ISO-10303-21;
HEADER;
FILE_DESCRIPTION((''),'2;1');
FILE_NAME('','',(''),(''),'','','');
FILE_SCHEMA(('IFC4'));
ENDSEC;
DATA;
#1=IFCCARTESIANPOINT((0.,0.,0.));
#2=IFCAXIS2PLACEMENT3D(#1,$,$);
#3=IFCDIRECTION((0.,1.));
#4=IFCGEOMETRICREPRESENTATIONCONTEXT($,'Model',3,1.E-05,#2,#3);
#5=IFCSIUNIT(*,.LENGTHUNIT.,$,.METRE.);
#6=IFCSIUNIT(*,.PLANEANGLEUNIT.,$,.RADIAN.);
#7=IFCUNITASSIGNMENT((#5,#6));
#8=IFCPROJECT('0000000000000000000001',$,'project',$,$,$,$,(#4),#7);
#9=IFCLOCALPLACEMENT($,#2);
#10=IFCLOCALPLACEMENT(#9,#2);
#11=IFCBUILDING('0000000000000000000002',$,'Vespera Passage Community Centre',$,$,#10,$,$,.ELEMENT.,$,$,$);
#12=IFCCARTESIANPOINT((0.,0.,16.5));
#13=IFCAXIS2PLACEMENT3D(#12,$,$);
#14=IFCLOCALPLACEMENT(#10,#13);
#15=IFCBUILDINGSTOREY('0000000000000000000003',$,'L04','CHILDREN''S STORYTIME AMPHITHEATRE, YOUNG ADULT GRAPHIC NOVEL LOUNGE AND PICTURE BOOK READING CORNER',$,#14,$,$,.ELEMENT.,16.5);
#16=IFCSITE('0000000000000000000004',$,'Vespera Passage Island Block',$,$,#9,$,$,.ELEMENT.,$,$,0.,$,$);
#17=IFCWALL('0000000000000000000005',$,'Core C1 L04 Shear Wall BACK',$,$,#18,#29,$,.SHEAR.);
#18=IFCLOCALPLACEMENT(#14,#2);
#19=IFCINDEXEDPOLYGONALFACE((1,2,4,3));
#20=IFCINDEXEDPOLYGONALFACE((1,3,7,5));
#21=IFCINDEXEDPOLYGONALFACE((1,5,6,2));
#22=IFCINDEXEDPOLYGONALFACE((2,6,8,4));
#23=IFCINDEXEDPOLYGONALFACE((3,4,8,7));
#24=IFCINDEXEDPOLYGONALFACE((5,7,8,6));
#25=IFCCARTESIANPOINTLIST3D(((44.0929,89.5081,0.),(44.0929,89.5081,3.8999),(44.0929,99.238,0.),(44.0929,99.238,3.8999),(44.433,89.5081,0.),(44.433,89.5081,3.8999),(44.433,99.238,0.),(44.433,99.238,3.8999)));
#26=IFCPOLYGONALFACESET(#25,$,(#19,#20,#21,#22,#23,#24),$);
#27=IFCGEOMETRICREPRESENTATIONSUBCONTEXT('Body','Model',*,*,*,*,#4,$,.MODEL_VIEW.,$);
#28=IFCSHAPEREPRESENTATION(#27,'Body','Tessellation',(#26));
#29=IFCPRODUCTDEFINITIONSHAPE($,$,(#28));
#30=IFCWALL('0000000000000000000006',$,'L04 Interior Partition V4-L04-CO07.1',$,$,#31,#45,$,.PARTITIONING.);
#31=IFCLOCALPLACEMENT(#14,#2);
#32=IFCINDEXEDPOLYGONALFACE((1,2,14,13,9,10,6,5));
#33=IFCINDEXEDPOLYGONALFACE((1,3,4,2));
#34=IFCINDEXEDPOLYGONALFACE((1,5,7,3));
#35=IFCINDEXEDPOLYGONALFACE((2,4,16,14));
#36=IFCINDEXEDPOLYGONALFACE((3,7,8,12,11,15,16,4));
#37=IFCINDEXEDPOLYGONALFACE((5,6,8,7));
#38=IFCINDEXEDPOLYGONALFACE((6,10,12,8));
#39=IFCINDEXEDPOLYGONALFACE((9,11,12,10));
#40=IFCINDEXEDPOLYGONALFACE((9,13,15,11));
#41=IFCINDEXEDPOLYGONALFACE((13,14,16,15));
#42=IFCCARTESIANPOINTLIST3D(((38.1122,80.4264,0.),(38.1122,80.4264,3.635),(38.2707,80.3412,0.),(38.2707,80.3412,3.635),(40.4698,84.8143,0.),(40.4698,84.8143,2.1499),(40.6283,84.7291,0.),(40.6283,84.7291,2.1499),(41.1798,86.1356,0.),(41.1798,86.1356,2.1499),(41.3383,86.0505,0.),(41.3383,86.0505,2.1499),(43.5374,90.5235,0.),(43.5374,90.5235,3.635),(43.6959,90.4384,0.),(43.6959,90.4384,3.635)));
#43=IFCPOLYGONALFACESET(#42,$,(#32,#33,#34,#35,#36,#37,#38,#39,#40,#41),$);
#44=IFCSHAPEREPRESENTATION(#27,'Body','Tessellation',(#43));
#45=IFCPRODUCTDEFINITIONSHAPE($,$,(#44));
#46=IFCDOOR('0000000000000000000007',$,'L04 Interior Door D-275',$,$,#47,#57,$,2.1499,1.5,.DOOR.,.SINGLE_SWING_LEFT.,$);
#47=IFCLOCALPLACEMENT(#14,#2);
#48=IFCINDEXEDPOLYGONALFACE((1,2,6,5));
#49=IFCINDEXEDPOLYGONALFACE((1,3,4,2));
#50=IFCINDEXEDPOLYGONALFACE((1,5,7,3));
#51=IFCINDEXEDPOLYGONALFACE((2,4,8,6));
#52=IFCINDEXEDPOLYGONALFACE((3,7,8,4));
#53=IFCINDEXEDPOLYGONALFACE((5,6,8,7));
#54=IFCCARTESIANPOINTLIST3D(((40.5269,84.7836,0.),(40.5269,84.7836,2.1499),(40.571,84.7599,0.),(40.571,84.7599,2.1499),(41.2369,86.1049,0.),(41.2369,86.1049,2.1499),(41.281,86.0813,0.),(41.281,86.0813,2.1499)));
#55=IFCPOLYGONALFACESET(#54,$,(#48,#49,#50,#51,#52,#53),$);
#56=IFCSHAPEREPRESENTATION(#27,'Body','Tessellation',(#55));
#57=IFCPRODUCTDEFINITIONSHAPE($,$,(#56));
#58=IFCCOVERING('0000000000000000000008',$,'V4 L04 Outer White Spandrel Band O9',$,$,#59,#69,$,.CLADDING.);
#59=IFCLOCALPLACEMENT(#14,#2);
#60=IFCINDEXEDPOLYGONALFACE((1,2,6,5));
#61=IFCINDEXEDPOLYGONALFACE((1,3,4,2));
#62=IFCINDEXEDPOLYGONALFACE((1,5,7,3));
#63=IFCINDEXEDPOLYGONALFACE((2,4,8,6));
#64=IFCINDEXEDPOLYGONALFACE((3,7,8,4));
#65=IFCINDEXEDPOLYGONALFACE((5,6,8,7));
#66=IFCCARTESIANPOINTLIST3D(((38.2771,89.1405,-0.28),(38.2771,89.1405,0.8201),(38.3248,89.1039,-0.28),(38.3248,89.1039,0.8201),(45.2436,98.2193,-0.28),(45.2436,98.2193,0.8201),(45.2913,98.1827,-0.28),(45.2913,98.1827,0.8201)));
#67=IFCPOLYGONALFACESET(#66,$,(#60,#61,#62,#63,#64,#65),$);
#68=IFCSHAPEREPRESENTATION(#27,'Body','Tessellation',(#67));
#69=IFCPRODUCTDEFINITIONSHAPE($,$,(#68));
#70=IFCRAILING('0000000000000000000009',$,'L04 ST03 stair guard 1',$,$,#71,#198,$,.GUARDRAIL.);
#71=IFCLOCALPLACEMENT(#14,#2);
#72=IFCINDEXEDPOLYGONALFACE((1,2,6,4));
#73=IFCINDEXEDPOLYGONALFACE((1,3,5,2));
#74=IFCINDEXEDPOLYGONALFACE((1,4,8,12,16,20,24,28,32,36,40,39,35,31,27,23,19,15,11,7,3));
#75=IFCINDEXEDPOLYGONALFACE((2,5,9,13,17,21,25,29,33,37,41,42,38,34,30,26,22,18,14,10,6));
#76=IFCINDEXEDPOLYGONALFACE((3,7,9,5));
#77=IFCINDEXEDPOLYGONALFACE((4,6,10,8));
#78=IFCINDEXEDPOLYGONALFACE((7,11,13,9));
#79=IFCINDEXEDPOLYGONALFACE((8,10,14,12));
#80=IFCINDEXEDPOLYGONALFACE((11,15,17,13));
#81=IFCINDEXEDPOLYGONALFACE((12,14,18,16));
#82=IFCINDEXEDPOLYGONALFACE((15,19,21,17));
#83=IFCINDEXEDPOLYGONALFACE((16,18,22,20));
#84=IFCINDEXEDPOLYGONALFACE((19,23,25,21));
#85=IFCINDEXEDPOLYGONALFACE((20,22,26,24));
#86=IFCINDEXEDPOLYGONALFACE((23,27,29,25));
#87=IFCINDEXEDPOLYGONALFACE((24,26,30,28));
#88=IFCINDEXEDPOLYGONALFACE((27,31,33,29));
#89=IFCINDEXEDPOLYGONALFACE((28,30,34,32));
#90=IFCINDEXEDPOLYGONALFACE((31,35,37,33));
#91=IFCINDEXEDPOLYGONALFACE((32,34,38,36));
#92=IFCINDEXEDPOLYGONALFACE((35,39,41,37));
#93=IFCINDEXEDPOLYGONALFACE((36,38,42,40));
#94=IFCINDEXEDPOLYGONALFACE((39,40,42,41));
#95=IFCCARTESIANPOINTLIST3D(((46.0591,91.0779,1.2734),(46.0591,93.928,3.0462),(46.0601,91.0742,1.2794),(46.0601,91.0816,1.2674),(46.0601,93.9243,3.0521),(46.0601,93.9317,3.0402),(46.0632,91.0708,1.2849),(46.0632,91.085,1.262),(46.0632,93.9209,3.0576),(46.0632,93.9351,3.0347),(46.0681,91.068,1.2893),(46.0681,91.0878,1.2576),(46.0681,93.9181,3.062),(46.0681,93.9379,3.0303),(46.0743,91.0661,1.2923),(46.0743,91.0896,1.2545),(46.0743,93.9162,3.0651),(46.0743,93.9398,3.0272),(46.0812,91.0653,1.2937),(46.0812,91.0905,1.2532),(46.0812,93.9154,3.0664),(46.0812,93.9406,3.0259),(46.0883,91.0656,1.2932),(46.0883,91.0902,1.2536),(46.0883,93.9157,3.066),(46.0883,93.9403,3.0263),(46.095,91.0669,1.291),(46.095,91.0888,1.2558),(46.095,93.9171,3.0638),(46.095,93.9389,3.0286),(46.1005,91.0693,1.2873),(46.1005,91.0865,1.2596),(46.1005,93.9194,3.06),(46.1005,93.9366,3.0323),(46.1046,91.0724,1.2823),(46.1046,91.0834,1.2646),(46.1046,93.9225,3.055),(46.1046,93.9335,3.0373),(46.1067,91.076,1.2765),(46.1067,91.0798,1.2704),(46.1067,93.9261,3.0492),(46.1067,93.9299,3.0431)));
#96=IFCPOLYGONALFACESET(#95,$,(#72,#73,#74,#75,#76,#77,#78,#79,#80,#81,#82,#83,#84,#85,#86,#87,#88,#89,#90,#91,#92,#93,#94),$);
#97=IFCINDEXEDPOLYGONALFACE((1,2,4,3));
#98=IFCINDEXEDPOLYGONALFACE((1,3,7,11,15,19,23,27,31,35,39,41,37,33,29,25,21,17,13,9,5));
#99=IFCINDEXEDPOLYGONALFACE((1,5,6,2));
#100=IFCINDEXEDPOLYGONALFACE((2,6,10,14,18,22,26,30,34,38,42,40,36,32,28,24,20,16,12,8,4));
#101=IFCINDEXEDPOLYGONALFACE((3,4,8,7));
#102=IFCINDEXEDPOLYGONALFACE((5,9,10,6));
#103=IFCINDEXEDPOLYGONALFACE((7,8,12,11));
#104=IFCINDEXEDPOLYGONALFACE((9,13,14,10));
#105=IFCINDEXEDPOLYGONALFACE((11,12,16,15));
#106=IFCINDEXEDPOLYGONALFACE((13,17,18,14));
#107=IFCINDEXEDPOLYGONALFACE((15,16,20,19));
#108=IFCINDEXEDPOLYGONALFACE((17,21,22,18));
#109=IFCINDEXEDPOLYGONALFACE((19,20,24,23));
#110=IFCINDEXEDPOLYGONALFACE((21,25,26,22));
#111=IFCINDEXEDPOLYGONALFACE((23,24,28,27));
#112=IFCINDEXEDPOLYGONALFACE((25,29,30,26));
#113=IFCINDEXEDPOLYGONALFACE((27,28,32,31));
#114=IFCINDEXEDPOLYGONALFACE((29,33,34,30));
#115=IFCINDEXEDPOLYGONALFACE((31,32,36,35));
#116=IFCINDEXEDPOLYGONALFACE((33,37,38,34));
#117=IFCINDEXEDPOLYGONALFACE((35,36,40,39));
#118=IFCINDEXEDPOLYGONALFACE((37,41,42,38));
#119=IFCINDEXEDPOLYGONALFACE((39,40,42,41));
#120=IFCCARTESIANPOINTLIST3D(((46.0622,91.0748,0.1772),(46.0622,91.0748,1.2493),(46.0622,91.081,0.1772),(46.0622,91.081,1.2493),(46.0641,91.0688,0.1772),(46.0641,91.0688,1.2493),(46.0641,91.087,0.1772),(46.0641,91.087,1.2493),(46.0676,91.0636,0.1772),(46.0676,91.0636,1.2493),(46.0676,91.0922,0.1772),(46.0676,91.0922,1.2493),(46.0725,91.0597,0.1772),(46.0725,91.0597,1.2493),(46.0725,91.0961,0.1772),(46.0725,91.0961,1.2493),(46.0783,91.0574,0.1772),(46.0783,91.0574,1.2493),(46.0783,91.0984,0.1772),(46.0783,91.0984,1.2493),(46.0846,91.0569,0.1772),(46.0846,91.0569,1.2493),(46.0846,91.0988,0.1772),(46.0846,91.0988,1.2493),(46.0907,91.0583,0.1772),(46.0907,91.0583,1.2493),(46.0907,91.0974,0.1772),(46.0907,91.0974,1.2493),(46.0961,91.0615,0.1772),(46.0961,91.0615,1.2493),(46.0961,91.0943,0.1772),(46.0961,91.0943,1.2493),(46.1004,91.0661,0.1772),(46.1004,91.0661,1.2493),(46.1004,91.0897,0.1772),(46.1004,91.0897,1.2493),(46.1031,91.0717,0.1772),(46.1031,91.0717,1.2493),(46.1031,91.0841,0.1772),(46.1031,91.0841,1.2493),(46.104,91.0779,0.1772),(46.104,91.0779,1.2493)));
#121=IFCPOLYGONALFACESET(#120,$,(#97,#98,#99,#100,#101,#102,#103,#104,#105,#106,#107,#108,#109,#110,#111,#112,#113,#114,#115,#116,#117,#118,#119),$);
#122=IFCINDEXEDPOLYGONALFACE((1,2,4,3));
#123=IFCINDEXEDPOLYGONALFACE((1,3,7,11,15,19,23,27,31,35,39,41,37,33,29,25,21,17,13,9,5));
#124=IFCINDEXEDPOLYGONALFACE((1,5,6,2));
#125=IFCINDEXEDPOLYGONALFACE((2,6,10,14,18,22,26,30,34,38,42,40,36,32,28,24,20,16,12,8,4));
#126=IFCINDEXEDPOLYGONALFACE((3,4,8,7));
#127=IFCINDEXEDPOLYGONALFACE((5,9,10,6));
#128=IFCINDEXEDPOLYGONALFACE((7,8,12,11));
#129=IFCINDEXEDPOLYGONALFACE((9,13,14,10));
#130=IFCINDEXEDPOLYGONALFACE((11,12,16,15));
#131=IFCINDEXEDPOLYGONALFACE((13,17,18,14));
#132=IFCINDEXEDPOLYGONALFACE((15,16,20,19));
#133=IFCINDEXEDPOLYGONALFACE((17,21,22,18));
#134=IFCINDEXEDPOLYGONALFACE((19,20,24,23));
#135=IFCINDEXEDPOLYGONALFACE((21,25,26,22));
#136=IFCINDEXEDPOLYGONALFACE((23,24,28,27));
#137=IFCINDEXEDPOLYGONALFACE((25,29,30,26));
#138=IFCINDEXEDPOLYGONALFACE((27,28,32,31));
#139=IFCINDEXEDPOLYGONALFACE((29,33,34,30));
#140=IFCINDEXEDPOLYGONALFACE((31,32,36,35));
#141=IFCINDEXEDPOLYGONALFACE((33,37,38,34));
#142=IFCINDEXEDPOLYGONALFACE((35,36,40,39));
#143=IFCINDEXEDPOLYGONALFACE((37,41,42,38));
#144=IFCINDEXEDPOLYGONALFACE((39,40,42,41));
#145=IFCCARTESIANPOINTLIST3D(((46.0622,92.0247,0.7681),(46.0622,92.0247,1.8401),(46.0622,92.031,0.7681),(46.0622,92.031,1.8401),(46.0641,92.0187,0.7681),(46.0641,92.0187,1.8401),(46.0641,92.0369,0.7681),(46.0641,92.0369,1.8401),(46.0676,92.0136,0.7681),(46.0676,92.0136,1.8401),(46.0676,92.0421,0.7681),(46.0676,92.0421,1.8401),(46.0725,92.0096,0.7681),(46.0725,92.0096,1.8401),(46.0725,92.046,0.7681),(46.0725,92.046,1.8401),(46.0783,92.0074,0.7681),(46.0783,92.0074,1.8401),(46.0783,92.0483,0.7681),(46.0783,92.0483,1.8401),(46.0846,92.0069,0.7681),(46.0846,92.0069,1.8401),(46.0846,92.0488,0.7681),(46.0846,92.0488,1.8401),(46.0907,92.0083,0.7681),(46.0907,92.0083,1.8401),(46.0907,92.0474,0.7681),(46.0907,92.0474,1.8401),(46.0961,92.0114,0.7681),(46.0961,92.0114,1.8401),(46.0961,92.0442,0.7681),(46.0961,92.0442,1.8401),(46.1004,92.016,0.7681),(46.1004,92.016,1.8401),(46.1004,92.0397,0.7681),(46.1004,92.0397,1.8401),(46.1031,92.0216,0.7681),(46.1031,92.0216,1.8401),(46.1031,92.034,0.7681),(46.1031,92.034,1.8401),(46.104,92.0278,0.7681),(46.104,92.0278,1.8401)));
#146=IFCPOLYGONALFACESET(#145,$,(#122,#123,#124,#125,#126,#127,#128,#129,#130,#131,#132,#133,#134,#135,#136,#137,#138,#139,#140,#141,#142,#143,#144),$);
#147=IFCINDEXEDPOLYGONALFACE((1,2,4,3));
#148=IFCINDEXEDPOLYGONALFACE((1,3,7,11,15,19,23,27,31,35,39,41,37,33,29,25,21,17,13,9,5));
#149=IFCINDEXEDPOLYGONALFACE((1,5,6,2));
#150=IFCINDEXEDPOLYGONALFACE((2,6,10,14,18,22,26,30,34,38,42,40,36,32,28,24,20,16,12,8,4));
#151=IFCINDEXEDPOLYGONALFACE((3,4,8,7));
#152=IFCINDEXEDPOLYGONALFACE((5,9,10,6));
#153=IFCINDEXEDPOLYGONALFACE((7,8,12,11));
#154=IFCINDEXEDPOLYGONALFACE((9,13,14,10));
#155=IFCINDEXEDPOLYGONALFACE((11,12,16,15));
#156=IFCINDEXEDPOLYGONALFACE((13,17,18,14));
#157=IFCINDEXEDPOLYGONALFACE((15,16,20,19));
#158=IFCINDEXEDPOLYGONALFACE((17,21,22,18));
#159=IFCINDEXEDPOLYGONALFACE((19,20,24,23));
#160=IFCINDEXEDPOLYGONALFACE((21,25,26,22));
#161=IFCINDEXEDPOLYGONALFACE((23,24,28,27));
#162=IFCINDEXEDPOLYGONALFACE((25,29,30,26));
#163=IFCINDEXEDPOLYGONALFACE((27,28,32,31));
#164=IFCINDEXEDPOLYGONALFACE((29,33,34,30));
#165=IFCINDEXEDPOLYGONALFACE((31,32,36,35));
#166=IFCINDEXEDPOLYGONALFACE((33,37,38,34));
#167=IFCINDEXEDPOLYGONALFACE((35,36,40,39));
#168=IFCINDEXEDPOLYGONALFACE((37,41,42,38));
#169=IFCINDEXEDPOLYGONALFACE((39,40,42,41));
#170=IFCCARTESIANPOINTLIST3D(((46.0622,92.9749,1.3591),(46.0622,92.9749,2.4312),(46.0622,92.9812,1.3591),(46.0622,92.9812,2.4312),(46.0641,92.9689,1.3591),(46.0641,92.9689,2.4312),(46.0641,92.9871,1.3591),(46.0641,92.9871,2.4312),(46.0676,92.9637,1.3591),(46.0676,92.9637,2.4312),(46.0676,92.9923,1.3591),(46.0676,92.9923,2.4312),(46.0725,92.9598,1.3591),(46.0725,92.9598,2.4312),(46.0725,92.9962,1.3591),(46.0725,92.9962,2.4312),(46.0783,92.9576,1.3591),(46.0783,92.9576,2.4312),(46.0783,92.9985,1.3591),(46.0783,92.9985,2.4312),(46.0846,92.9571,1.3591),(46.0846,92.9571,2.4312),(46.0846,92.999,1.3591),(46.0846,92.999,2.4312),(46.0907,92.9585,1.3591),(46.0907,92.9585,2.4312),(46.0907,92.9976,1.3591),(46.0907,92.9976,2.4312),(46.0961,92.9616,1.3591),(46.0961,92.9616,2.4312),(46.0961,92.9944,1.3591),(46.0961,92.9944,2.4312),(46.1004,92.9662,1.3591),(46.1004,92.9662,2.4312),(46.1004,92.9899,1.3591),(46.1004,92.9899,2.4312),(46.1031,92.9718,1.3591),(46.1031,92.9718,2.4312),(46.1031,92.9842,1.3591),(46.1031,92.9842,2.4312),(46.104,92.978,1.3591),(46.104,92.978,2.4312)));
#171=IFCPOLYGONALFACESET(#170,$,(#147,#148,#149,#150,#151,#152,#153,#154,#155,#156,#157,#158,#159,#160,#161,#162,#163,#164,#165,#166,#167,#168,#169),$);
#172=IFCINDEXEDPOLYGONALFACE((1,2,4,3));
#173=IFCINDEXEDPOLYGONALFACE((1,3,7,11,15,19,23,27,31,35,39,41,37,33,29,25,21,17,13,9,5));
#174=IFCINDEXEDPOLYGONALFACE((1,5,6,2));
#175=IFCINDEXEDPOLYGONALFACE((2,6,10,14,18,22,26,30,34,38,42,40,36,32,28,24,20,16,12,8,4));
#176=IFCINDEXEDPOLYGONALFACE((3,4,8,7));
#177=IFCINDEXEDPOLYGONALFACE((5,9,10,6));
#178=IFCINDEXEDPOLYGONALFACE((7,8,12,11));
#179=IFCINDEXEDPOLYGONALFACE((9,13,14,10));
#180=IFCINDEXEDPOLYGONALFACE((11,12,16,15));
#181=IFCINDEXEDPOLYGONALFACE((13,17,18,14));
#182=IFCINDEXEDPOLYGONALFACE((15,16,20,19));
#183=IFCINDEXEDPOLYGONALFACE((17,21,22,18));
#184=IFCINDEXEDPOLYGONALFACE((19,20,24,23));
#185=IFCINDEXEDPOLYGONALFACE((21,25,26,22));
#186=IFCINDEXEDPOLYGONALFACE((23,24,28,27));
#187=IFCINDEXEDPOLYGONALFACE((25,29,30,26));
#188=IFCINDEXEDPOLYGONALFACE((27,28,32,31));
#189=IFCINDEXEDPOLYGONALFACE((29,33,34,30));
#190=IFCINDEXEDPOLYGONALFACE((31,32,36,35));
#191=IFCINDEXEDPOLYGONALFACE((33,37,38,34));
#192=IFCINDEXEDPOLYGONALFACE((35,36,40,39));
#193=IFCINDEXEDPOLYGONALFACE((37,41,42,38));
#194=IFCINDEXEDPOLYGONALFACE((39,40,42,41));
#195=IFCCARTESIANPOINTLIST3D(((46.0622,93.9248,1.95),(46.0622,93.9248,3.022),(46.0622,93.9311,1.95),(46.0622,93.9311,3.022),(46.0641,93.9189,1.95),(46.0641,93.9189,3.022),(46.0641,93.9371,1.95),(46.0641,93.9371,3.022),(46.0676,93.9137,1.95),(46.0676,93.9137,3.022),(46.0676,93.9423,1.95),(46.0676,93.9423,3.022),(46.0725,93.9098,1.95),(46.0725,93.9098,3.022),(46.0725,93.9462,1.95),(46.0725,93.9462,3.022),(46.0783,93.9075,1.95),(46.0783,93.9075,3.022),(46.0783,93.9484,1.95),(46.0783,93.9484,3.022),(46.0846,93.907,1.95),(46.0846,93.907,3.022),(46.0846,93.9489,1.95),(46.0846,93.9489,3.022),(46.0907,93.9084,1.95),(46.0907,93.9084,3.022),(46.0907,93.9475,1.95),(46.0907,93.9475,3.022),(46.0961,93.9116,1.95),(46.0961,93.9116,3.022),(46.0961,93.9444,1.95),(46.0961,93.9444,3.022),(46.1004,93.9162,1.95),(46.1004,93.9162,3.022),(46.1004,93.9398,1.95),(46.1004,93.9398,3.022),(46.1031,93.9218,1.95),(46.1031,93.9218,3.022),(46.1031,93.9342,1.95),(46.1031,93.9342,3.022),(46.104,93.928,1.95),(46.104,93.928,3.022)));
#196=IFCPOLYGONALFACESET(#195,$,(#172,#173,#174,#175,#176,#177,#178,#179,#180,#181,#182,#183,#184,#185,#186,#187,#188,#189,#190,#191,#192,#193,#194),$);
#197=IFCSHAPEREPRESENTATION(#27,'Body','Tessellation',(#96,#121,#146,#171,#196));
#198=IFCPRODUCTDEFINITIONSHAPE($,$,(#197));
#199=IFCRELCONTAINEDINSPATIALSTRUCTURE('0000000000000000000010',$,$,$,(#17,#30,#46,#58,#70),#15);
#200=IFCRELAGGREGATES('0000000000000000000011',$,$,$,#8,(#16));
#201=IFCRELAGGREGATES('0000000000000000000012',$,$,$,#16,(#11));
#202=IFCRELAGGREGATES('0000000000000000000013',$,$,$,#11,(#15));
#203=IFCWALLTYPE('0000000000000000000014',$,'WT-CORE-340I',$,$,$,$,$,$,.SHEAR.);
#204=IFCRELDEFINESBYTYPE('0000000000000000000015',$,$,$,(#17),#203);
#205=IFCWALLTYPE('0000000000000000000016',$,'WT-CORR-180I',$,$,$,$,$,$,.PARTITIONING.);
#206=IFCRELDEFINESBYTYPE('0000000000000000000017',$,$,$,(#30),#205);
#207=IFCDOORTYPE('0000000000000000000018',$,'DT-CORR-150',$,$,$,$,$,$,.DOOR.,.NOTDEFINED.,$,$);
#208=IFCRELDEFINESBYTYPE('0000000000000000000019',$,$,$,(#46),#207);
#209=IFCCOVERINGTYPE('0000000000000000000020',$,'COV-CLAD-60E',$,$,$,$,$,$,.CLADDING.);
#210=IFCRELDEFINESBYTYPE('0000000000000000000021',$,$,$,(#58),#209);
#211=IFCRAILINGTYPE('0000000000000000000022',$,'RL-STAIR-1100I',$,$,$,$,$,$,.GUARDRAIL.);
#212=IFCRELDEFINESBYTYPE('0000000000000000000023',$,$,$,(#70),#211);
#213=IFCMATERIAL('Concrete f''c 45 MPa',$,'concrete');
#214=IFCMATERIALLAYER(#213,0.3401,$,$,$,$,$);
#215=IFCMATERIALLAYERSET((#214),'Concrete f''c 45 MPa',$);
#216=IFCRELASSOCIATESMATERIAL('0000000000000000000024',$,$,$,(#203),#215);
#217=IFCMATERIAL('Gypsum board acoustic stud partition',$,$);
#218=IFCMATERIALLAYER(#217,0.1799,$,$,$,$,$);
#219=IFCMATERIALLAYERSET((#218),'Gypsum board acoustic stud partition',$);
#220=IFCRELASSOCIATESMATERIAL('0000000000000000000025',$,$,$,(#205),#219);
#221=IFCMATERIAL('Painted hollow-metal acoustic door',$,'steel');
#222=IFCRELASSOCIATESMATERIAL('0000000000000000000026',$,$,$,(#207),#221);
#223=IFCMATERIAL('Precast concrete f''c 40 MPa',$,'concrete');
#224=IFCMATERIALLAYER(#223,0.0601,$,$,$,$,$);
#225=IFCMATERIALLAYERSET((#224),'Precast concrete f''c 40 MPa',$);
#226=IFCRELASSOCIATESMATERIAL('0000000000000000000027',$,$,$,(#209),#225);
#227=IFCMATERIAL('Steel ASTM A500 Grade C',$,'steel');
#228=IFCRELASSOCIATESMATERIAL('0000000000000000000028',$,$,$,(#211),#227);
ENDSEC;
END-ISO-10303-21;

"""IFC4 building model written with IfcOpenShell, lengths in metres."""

from ifc_helpers import new_model, si_unit, direction, frame, frame_2d, origin, origin_2d, place, context, subcontext, project, spatial, rectangle, circle, extrude, material, layer, layer_set, type_object, element, fill, save


model = new_model("IFC4")

# Units and contexts
model_context = context("Model", 3, precision=1e-05, world=origin(), true_north=direction((0.0, 1.0)))
body_context = subcontext(model_context, "Body", "Model", "MODEL_VIEW")
ifc_project = project(units=[si_unit("LENGTHUNIT", "METRE"), si_unit("PLANEANGLEUNIT", "RADIAN")], contexts=[model_context])

# Site, building, storey
site_placement = place(None, origin())
site = spatial("IfcSite", under=ifc_project, at=site_placement, Name="Vespera Passage Island Block", CompositionType="ELEMENT", RefElevation=0.0)
building_placement = place(site_placement, origin())
building = spatial("IfcBuilding", under=site, at=building_placement, Name="Vespera Passage Community Centre", CompositionType="ELEMENT")
storey_placement = place(building_placement, frame((0.0, 0.0, 16.5)))
storey = spatial("IfcBuildingStorey", under=building, at=storey_placement, Name="L04", Description="CHILDREN'S STORYTIME AMPHITHEATRE, YOUNG ADULT GRAPHIC NOVEL LOUNGE AND PICTURE BOOK READING CORNER", CompositionType="ELEMENT", Elevation=16.5)

# Wall
ifc_material_1 = material(Name="Concrete f'c 45 MPa", Category="concrete")
ifc_layer_1 = layer(ifc_material_1, 0.3401)
ifc_layer_set_1 = layer_set([ifc_layer_1], Name="Concrete f'c 45 MPa")
wall_type_1 = type_object("IfcWallType", Name="WT-CORE-340I", PredefinedType="SHEAR", material=ifc_layer_set_1)
wall_1_placement = place(storey_placement, frame((44.2629, 89.5081, 0.0), z_axis=(0.0, 0.0, 1.0), x_axis=(0.0, 1.0, 0.0)))
element("IfcWall", 1, at=wall_1_placement, inside=storey, type_object=wall_type_1, Name="Core C1 L04 Shear Wall BACK", PredefinedType="SHEAR", context=body_context, shape_type="SweptSolid", body=[
    extrude(rectangle(XDim=9.73, YDim=0.3401, at=frame_2d((4.865, 0.0))), origin(), (0.0, 0.0, 1.0), 3.8999),
])

# Wall, opening, door
ifc_material_2 = material(Name="Gypsum board acoustic stud partition")
ifc_layer_2 = layer(ifc_material_2, 0.1799)
ifc_layer_set_2 = layer_set([ifc_layer_2], Name="Gypsum board acoustic stud partition")
wall_type_2 = type_object("IfcWallType", Name="WT-CORR-180I", PredefinedType="PARTITIONING", material=ifc_layer_set_2)
wall_2_placement = place(storey_placement, frame((43.6167, 90.481, 0.0), z_axis=(0.0, 0.0, 1.0), x_axis=(-0.473312, -0.880895, 0.0)))
wall_2 = element("IfcWall", 2, at=wall_2_placement, inside=storey, type_object=wall_type_2, Name="L04 Interior Partition V4-L04-CO07.1", PredefinedType="PARTITIONING", context=body_context, shape_type="SweptSolid", body=[
    extrude(rectangle(XDim=11.4624, YDim=0.1799, at=frame_2d((5.7312, 0.0))), origin(), (0.0, 0.0, 1.0), 3.635),
])
opening_placement = place(wall_2_placement, frame((4.9812, 0.0, 0.0)))
opening = element("IfcOpeningElement", 3, at=opening_placement, cuts=wall_2, PredefinedType="OPENING", context=body_context, shape_type="SweptSolid", body=[
    extrude(rectangle(XDim=1.5, YDim=2.1499, at=frame_2d((0.75, 1.075))), frame((0.0, 0.0999, 0.0), z_axis=(0.0, -1.0, 0.0), x_axis=(1.0, 0.0, 0.0)), (0.0, 0.0, 1.0), 0.2),
])
ifc_material_3 = material(Name="Painted hollow-metal acoustic door", Category="steel")
door_type = type_object("IfcDoorType", Name="DT-CORR-150", OperationType="NOTDEFINED", PredefinedType="DOOR", material=ifc_material_3)
door_placement = place(opening_placement, origin())
door = element("IfcDoor", 4, at=door_placement, inside=storey, type_object=door_type, Name="L04 Interior Door D-275", OperationType="SINGLE_SWING_LEFT", OverallHeight=2.1499, OverallWidth=1.5, PredefinedType="DOOR", context=body_context, shape_type="SweptSolid", body=[
    extrude(rectangle(XDim=1.5, YDim=2.1499, at=frame_2d((0.75, 1.075))), frame((0.0, 0.0249, 0.0), z_axis=(0.0, -1.0, 0.0), x_axis=(1.0, 0.0, 0.0)), (0.0, 0.0, 1.0), 0.05),
])
fill(opening, door)

# Covering
ifc_material_4 = material(Name="Precast concrete f'c 40 MPa", Category="concrete")
ifc_layer_3 = layer(ifc_material_4, 0.0601)
ifc_layer_set_3 = layer_set([ifc_layer_3], Name="Precast concrete f'c 40 MPa")
covering_type = type_object("IfcCoveringType", Name="COV-CLAD-60E", PredefinedType="CLADDING", material=ifc_layer_set_3)
covering_placement = place(storey_placement, frame((38.301, 89.1223, -0.28), z_axis=(0.0, 0.0, 1.0), x_axis=(0.608767, 0.793349, 0.0)))
element("IfcCovering", 5, at=covering_placement, inside=storey, type_object=covering_type, Name="V4 L04 Outer White Spandrel Band O9", PredefinedType="CLADDING", context=body_context, shape_type="SweptSolid", body=[
    extrude(rectangle(XDim=11.4436, YDim=0.0601, at=frame_2d((5.7217, 0.0))), origin(), (0.0, 0.0, 1.0), 1.1001),
])

# Railing
ifc_material_5 = material(Name="Steel ASTM A500 Grade C", Category="steel")
railing_type_1 = type_object("IfcRailingType", Name="RL-STAIR-1100I", PredefinedType="GUARDRAIL", material=ifc_material_5)
railing_1_placement = place(storey_placement, frame((46.083, 91.0779, 0.1772)))
element("IfcRailing", 6, at=railing_1_placement, inside=storey, type_object=railing_type_1, Name="L04 ST03 stair guard 1", PredefinedType="GUARDRAIL", context=body_context, shape_type="SweptSolid", body=[
    extrude(circle(Radius=0.0239, at=origin_2d()), frame((0.0, 0.0, 1.0962), z_axis=(0.0, 0.849149, 0.528154), x_axis=(-1.0, 0.0, 0.0)), (0.0, 0.0, 1.0), 3.3564),
    extrude(circle(Radius=0.021, at=origin_2d()), origin(), (0.0, 0.0, 1.0), 1.072),
    extrude(circle(Radius=0.021, at=origin_2d()), frame((0.0, 0.95, 0.5908)), (0.0, 0.0, 1.0), 1.072),
    extrude(circle(Radius=0.021, at=origin_2d()), frame((0.0, 1.9001, 1.1819)), (0.0, 0.0, 1.0), 1.072),
    extrude(circle(Radius=0.021, at=origin_2d()), frame((0.0, 2.8501, 1.7727)), (0.0, 0.0, 1.0), 1.072),
])

save(model, "model.ifc")
